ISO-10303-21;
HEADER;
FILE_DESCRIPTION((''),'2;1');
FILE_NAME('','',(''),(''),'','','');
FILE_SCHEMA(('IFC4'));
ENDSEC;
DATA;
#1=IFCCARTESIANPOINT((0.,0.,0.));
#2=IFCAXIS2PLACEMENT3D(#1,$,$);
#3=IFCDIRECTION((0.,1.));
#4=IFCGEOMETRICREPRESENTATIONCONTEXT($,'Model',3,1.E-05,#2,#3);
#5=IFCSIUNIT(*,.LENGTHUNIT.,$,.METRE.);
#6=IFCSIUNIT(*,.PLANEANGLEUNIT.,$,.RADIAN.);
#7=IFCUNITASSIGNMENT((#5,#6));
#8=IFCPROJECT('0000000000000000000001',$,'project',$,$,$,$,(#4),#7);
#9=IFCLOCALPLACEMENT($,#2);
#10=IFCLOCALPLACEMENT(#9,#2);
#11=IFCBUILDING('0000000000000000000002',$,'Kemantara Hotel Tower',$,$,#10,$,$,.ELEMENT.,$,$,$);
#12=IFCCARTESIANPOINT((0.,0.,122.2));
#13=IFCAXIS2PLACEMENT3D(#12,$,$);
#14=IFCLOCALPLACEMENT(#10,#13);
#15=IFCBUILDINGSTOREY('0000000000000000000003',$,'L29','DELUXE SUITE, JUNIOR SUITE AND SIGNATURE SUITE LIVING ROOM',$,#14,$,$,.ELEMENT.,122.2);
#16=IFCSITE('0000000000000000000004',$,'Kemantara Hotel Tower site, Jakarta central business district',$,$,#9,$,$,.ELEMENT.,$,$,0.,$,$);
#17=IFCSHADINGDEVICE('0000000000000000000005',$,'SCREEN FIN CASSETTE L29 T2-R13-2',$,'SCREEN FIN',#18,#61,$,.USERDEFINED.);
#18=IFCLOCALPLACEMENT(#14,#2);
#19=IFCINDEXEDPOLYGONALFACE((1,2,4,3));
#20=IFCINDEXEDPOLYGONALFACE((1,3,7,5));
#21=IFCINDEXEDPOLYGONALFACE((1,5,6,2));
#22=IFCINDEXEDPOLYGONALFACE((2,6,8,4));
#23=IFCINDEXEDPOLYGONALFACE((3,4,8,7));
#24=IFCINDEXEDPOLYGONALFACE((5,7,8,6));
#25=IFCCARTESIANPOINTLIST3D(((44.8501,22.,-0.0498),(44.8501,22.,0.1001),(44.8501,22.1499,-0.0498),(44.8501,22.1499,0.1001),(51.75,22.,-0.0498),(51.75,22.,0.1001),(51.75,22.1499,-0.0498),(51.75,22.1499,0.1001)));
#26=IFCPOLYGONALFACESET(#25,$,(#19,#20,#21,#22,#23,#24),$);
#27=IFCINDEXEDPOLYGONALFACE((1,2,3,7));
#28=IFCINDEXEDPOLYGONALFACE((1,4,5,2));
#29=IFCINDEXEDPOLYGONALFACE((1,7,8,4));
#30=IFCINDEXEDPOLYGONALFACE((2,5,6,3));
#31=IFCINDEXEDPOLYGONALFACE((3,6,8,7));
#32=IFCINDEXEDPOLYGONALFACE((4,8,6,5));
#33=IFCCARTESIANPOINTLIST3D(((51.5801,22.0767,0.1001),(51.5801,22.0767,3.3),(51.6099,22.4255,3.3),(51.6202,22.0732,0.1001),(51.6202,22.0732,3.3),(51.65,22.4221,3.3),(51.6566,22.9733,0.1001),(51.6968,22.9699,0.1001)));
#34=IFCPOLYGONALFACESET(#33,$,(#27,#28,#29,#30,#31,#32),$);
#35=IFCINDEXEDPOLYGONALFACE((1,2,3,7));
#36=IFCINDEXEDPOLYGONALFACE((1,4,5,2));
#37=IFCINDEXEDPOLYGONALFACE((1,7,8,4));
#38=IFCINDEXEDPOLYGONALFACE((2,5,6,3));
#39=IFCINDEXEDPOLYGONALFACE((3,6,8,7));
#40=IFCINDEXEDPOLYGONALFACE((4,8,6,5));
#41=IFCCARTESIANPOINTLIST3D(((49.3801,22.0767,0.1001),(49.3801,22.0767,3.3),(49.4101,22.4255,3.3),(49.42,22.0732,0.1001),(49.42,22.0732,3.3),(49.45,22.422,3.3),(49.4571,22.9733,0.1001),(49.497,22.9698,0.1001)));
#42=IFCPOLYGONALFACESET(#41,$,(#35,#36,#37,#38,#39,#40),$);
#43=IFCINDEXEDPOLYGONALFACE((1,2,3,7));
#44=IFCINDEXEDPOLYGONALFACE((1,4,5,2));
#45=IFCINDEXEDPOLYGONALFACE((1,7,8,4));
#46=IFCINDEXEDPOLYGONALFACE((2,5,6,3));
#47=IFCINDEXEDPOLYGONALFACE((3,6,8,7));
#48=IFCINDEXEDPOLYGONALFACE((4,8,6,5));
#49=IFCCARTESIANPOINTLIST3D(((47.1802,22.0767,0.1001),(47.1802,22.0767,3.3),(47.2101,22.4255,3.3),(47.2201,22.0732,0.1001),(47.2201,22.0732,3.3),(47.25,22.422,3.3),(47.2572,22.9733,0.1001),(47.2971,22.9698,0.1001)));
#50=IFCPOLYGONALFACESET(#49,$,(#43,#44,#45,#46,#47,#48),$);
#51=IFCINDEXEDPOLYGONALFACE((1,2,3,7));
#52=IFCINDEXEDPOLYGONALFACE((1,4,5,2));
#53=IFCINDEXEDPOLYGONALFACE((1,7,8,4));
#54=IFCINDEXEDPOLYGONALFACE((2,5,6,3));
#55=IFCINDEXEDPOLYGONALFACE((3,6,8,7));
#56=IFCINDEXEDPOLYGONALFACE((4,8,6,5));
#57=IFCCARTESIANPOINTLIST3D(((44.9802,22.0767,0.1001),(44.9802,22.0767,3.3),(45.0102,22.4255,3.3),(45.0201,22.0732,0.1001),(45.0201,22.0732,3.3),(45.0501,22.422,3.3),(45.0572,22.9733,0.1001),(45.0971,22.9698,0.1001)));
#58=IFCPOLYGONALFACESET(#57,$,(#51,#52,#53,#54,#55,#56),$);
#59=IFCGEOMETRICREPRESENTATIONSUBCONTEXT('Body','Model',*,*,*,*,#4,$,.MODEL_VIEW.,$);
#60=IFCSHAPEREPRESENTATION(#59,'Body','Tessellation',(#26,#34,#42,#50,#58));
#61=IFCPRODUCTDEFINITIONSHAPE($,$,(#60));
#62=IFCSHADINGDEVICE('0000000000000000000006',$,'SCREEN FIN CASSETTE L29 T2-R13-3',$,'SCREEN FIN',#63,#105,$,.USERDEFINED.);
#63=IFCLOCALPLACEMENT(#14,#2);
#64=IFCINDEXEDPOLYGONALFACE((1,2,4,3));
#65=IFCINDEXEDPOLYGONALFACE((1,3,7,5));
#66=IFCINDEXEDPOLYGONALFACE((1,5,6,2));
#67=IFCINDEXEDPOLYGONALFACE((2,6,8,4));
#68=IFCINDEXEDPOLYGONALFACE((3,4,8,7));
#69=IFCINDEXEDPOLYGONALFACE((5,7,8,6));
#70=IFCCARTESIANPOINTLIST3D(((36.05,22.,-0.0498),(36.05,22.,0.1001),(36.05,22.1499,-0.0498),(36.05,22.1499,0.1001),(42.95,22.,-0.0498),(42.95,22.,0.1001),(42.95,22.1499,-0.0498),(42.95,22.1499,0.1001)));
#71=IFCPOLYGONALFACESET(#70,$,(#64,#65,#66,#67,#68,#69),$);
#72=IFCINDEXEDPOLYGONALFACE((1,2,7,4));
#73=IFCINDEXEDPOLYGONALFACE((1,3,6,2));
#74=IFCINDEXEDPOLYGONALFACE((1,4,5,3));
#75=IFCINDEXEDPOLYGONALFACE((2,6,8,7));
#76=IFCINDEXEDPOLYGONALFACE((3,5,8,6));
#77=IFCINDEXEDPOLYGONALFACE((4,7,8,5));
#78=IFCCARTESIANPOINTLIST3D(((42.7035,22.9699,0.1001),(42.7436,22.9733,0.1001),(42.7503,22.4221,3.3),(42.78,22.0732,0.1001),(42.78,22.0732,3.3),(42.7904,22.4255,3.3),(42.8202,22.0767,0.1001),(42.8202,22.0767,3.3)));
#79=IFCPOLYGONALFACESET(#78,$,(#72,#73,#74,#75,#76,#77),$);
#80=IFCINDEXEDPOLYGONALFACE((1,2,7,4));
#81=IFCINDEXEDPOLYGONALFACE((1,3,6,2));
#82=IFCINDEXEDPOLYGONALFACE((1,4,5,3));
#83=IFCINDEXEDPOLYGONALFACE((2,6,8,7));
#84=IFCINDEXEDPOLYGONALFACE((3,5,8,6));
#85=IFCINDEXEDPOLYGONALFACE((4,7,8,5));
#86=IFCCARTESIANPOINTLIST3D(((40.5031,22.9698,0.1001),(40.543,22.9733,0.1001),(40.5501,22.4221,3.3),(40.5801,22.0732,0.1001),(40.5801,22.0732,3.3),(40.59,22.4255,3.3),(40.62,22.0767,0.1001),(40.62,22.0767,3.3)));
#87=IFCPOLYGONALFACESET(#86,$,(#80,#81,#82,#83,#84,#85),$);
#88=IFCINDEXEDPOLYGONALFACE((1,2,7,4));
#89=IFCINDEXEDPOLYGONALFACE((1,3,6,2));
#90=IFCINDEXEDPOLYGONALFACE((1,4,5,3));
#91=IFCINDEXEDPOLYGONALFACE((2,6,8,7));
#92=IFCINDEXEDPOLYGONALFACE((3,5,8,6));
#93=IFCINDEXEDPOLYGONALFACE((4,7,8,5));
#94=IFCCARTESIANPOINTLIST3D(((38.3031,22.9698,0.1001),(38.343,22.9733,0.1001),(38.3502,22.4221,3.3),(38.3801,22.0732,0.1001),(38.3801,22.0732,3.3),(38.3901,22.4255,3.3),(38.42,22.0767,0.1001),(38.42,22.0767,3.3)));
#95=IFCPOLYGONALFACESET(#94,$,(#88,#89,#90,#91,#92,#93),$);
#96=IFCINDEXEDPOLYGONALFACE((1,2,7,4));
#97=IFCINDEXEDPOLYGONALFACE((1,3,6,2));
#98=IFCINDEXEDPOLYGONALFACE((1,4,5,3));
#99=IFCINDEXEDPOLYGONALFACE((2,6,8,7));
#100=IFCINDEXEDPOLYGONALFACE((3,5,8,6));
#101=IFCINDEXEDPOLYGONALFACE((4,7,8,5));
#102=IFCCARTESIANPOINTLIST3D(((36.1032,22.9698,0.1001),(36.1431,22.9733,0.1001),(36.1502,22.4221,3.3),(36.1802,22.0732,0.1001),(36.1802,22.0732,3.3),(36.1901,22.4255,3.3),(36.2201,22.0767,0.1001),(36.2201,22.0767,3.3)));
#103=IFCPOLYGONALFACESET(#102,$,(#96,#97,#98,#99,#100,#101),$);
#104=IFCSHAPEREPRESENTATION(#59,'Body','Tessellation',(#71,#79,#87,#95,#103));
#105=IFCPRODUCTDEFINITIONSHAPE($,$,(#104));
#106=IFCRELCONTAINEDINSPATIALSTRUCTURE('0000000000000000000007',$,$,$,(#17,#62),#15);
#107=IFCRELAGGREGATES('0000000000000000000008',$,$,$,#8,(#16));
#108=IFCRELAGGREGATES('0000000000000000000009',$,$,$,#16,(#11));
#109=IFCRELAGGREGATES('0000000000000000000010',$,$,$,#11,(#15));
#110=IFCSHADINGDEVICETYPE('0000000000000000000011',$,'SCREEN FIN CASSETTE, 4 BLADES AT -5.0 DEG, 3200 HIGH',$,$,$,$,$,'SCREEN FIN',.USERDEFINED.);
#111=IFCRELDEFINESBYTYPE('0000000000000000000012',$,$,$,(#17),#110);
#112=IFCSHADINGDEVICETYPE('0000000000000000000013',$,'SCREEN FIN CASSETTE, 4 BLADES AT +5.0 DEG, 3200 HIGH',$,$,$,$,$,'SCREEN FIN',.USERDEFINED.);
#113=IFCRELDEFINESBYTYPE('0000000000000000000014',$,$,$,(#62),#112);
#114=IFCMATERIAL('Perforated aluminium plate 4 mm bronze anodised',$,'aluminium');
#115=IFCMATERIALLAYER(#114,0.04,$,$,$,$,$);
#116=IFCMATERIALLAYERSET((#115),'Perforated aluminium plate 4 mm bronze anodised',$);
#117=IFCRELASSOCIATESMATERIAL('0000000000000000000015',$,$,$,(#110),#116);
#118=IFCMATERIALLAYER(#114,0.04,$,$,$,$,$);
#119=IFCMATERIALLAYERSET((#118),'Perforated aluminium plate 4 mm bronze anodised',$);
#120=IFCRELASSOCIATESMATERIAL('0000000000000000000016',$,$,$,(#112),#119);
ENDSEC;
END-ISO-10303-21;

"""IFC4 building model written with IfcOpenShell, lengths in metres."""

from ifc_helpers import new_model, si_unit, direction, frame, origin, origin_2d, place, context, subcontext, project, spatial, polyline, rectangle, outline, extrude, source, transform, mapped, material, layer, layer_set, type_object, element, save


model = new_model("IFC4")

# Units and contexts
model_context = context("Model", 3, precision=1e-05, world=origin(), true_north=direction((0.0, 1.0)))
body_context = subcontext(model_context, "Body", "Model", "MODEL_VIEW")
ifc_project = project(units=[si_unit("LENGTHUNIT", "METRE"), si_unit("PLANEANGLEUNIT", "RADIAN")], contexts=[model_context])

# Site, building, storey
site_placement = place(None, origin())
site = spatial("IfcSite", under=ifc_project, at=site_placement, Name="Kemantara Hotel Tower site, Jakarta central business district", CompositionType="ELEMENT", RefElevation=0.0)
building_placement = place(site_placement, origin())
building = spatial("IfcBuilding", under=site, at=building_placement, Name="Kemantara Hotel Tower", CompositionType="ELEMENT")
storey_placement = place(building_placement, frame((0.0, 0.0, 122.2)))
storey = spatial("IfcBuildingStorey", under=building, at=storey_placement, Name="L29", Description="DELUXE SUITE, JUNIOR SUITE AND SIGNATURE SUITE LIVING ROOM", CompositionType="ELEMENT", Elevation=122.2)

# Shading devices
ifc_material_1 = material(Name="Perforated aluminium plate 4 mm bronze anodised", Category="aluminium")
ifc_layer_1 = layer(ifc_material_1, 0.04)
ifc_layer_set_1 = layer_set([ifc_layer_1], Name="Perforated aluminium plate 4 mm bronze anodised")
shading_device_type_1 = type_object("IfcShadingDeviceType", Name="SCREEN FIN CASSETTE, 4 BLADES AT -5.0 DEG, 3200 HIGH", ElementType="SCREEN FIN", PredefinedType="USERDEFINED", material=ifc_layer_set_1)
shared_shape_1 = source(origin(), body_context, "Body", "SweptSolid", [
    extrude(rectangle(XDim=6.8999, YDim=0.1499, at=origin_2d()), frame((3.3, -0.075, -0.1499), z_axis=(0.0, 0.0, 1.0), x_axis=(1.0, 0.0, 0.0)), (0.0, 0.0, 1.0), 0.1499),
    extrude(outline(polyline([(0.0, 0.0), (0.8999, 0.0), (0.3501, 3.2), (0.0, 3.2), (0.0, 0.0)])), frame((0.02, -0.0767, 0.0), z_axis=(-0.996376, 0.085056, 0.0), x_axis=(-0.085056, -0.996376, 0.0)), (0.0, 0.0, 1.0), 0.0403),
    extrude(outline(polyline([(0.0, 0.0), (0.8999, 0.0), (0.3501, 3.2), (0.0, 3.2), (0.0, 0.0)])), frame((2.22, -0.0767, 0.0), z_axis=(-0.996332, 0.085575, 0.0), x_axis=(-0.085575, -0.996332, 0.0)), (0.0, 0.0, 1.0), 0.04),
    extrude(outline(polyline([(0.0, 0.0), (0.8999, 0.0), (0.3501, 3.2), (0.0, 3.2), (0.0, 0.0)])), frame((4.4199, -0.0767, 0.0), z_axis=(-0.996332, 0.085575, 0.0), x_axis=(-0.085575, -0.996332, 0.0)), (0.0, 0.0, 1.0), 0.04),
    extrude(outline(polyline([(0.0, 0.0), (0.8999, 0.0), (0.3501, 3.2), (0.0, 3.2), (0.0, 0.0)])), frame((6.6199, -0.0767, 0.0), z_axis=(-0.996332, 0.085575, 0.0), x_axis=(-0.085575, -0.996332, 0.0)), (0.0, 0.0, 1.0), 0.04),
])
shading_device_1_placement = place(storey_placement, frame((51.6001, 22.0, 0.1001), z_axis=(0.0, 0.0, 1.0), x_axis=(-1.0, 0.0, 0.0)))
element("IfcShadingDevice", 1, at=shading_device_1_placement, inside=storey, type_object=shading_device_type_1, Name="SCREEN FIN CASSETTE L29 T2-R13-2", ObjectType="SCREEN FIN", PredefinedType="USERDEFINED", context=body_context, shape_type="MappedRepresentation", body=[
    mapped(shared_shape_1, transform((0.0, 0.0, 0.0))),
])
ifc_layer_2 = layer(ifc_material_1, 0.04)
ifc_layer_set_2 = layer_set([ifc_layer_2], Name="Perforated aluminium plate 4 mm bronze anodised")
shading_device_type_2 = type_object("IfcShadingDeviceType", Name="SCREEN FIN CASSETTE, 4 BLADES AT +5.0 DEG, 3200 HIGH", ElementType="SCREEN FIN", PredefinedType="USERDEFINED", material=ifc_layer_set_2)
shared_shape_2 = source(origin(), body_context, "Body", "SweptSolid", [
    extrude(rectangle(XDim=6.8999, YDim=0.1499, at=origin_2d()), frame((3.3, -0.075, -0.1499), z_axis=(0.0, 0.0, 1.0), x_axis=(1.0, 0.0, 0.0)), (0.0, 0.0, 1.0), 0.1499),
    extrude(outline(polyline([(0.0, 0.0), (0.8999, 0.0), (0.3501, 3.2), (0.0, 3.2), (0.0, 0.0)])), frame((0.02, -0.0732, 0.0), z_axis=(-0.996376, -0.085056, 0.0), x_axis=(0.085056, -0.996376, 0.0)), (0.0, 0.0, 1.0), 0.0403),
    extrude(outline(polyline([(0.0, 0.0), (0.8999, 0.0), (0.3501, 3.2), (0.0, 3.2), (0.0, 0.0)])), frame((2.22, -0.0732, 0.0), z_axis=(-0.996332, -0.085575, 0.0), x_axis=(0.085575, -0.996332, 0.0)), (0.0, 0.0, 1.0), 0.04),
    extrude(outline(polyline([(0.0, 0.0), (0.8999, 0.0), (0.3501, 3.2), (0.0, 3.2), (0.0, 0.0)])), frame((4.4199, -0.0732, 0.0), z_axis=(-0.996332, -0.085575, 0.0), x_axis=(0.085575, -0.996332, 0.0)), (0.0, 0.0, 1.0), 0.04),
    extrude(outline(polyline([(0.0, 0.0), (0.8999, 0.0), (0.3501, 3.2), (0.0, 3.2), (0.0, 0.0)])), frame((6.6199, -0.0732, 0.0), z_axis=(-0.996332, -0.085575, 0.0), x_axis=(0.085575, -0.996332, 0.0)), (0.0, 0.0, 1.0), 0.04),
])
shading_device_2_placement = place(storey_placement, frame((42.8, 22.0, 0.1001), z_axis=(0.0, 0.0, 1.0), x_axis=(-1.0, 0.0, 0.0)))
element("IfcShadingDevice", 2, at=shading_device_2_placement, inside=storey, type_object=shading_device_type_2, Name="SCREEN FIN CASSETTE L29 T2-R13-3", ObjectType="SCREEN FIN", PredefinedType="USERDEFINED", context=body_context, shape_type="MappedRepresentation", body=[
    mapped(shared_shape_2, transform((0.0, 0.0, 0.0))),
])

save(model, "model.ifc")
